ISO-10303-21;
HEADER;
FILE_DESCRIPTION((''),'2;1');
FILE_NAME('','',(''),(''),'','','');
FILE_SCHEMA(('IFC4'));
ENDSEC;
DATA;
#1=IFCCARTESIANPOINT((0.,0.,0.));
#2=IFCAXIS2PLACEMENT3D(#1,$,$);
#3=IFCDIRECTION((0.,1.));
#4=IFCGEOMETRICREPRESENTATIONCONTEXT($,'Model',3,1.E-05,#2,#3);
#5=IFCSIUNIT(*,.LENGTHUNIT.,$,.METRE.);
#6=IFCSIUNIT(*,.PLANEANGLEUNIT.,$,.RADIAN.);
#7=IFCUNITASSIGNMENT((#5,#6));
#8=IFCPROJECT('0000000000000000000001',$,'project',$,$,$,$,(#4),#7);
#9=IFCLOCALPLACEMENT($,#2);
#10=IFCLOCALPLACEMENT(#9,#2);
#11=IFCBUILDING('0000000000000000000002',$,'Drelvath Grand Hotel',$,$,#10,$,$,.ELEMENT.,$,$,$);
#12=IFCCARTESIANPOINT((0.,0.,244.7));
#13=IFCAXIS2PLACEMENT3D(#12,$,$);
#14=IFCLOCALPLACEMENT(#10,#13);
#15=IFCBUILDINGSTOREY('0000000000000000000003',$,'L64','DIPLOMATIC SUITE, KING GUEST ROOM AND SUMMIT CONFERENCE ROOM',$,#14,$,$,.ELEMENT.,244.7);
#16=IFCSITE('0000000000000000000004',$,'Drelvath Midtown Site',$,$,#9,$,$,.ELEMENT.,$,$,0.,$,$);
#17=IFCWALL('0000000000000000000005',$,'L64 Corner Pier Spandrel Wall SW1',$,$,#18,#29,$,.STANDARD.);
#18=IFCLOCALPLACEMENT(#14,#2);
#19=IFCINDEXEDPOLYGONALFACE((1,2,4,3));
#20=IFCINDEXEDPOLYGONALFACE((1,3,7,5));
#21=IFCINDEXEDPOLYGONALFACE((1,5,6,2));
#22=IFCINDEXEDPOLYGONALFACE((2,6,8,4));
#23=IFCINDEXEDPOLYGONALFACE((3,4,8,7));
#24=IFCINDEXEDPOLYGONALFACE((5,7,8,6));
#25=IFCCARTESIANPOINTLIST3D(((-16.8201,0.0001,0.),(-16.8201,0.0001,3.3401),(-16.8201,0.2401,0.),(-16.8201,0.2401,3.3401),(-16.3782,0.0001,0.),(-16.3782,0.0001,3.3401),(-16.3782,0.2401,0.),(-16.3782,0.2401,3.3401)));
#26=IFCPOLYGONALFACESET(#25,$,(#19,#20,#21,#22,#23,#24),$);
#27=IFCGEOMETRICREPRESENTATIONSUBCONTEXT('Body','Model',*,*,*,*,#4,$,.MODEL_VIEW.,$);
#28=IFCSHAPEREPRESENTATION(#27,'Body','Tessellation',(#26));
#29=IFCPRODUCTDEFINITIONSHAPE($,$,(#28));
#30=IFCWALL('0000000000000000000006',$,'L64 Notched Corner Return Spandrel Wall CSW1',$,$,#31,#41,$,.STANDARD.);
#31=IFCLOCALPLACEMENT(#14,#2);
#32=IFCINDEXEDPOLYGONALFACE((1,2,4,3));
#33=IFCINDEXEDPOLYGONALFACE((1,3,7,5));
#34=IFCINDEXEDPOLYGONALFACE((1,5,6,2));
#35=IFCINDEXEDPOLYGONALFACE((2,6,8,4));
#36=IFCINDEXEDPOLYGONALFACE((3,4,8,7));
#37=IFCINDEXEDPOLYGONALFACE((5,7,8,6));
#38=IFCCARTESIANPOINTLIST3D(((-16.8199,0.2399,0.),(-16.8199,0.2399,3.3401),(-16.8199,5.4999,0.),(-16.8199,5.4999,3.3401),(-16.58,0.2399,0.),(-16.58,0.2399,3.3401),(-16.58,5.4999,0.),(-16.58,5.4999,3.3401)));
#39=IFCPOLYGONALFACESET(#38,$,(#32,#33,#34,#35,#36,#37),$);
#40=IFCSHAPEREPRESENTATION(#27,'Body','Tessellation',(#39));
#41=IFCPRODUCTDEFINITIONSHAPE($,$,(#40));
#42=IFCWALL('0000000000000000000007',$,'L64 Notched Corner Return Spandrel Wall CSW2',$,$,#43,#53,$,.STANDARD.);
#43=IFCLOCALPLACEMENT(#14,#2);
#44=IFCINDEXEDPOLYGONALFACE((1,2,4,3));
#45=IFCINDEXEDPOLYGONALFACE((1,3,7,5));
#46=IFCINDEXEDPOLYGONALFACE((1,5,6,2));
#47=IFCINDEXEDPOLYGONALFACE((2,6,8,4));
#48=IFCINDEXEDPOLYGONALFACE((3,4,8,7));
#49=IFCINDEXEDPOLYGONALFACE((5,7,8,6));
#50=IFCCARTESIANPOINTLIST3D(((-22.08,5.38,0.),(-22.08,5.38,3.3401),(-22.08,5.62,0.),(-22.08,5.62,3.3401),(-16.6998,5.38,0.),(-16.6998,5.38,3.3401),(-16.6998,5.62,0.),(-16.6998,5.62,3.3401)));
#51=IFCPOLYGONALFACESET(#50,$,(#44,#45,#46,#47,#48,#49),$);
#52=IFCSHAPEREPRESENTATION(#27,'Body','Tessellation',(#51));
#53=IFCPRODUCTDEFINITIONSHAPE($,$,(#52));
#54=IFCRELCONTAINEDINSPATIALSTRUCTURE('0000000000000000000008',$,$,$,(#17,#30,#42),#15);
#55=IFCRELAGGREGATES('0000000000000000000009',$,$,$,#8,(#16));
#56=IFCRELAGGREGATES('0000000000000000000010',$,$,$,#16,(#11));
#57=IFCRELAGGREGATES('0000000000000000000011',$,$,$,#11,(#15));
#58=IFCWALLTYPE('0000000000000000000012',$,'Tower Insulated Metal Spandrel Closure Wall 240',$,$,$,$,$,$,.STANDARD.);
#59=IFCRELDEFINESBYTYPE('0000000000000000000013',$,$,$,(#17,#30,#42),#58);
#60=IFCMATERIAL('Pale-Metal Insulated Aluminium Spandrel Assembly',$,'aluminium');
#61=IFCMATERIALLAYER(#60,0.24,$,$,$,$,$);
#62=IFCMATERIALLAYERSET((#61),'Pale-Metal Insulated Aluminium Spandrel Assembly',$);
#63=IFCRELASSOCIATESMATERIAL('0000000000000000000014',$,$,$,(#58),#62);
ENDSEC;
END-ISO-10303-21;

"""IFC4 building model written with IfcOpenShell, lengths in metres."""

from ifc_helpers import new_model, si_unit, direction, frame, frame_2d, origin, place, context, subcontext, project, spatial, rectangle, extrude, material, layer, layer_set, type_object, element, save


model = new_model("IFC4")

# Units and contexts
model_context = context("Model", 3, precision=1e-05, world=origin(), true_north=direction((0.0, 1.0)))
body_context = subcontext(model_context, "Body", "Model", "MODEL_VIEW")
ifc_project = project(units=[si_unit("LENGTHUNIT", "METRE"), si_unit("PLANEANGLEUNIT", "RADIAN")], contexts=[model_context])

# Site, building, storey
site_placement = place(None, origin())
site = spatial("IfcSite", under=ifc_project, at=site_placement, Name="Drelvath Midtown Site", CompositionType="ELEMENT", RefElevation=0.0)
building_placement = place(site_placement, origin())
building = spatial("IfcBuilding", under=site, at=building_placement, Name="Drelvath Grand Hotel", CompositionType="ELEMENT")
storey_placement = place(building_placement, frame((0.0, 0.0, 244.7)))
storey = spatial("IfcBuildingStorey", under=building, at=storey_placement, Name="L64", Description="DIPLOMATIC SUITE, KING GUEST ROOM AND SUMMIT CONFERENCE ROOM", CompositionType="ELEMENT", Elevation=244.7)

# Walls
ifc_material_1 = material(Name="Pale-Metal Insulated Aluminium Spandrel Assembly", Category="aluminium")
ifc_layer_1 = layer(ifc_material_1, 0.24)
ifc_layer_set_1 = layer_set([ifc_layer_1], Name="Pale-Metal Insulated Aluminium Spandrel Assembly")
wall_type_1 = type_object("IfcWallType", Name="Tower Insulated Metal Spandrel Closure Wall 240", PredefinedType="STANDARD", material=ifc_layer_set_1)
wall_1_placement = place(storey_placement, frame((-16.3782, 0.1201, 0.0), z_axis=(0.0, 0.0, 1.0), x_axis=(-1.0, 0.0, 0.0)))
element("IfcWall", 1, at=wall_1_placement, inside=storey, type_object=wall_type_1, Name="L64 Corner Pier Spandrel Wall SW1", PredefinedType="STANDARD", context=body_context, shape_type="SweptSolid", body=[
    extrude(rectangle(XDim=0.4419, YDim=0.24, at=frame_2d((0.2209, 0.0))), origin(), (0.0, 0.0, 1.0), 3.3401),
])
wall_2_placement = place(storey_placement, frame((-16.7, 0.24, 0.0), z_axis=(0.0, 0.0, 1.0), x_axis=(0.0, 1.0, 0.0)))
element("IfcWall", 2, at=wall_2_placement, inside=storey, type_object=wall_type_1, Name="L64 Notched Corner Return Spandrel Wall CSW1", PredefinedType="STANDARD", context=body_context, shape_type="SweptSolid", body=[
    extrude(rectangle(XDim=5.26, YDim=0.24, at=frame_2d((2.6299, 0.0))), origin(), (0.0, 0.0, 1.0), 3.3401),
])
wall_3_placement = place(storey_placement, frame((-16.7, 5.5, 0.0), z_axis=(0.0, 0.0, 1.0), x_axis=(-1.0, 0.0, 0.0)))
element("IfcWall", 3, at=wall_3_placement, inside=storey, type_object=wall_type_1, Name="L64 Notched Corner Return Spandrel Wall CSW2", PredefinedType="STANDARD", context=body_context, shape_type="SweptSolid", body=[
    extrude(rectangle(XDim=5.3801, YDim=0.24, at=frame_2d((2.6899, 0.0))), origin(), (0.0, 0.0, 1.0), 3.3401),
])

save(model, "model.ifc")
